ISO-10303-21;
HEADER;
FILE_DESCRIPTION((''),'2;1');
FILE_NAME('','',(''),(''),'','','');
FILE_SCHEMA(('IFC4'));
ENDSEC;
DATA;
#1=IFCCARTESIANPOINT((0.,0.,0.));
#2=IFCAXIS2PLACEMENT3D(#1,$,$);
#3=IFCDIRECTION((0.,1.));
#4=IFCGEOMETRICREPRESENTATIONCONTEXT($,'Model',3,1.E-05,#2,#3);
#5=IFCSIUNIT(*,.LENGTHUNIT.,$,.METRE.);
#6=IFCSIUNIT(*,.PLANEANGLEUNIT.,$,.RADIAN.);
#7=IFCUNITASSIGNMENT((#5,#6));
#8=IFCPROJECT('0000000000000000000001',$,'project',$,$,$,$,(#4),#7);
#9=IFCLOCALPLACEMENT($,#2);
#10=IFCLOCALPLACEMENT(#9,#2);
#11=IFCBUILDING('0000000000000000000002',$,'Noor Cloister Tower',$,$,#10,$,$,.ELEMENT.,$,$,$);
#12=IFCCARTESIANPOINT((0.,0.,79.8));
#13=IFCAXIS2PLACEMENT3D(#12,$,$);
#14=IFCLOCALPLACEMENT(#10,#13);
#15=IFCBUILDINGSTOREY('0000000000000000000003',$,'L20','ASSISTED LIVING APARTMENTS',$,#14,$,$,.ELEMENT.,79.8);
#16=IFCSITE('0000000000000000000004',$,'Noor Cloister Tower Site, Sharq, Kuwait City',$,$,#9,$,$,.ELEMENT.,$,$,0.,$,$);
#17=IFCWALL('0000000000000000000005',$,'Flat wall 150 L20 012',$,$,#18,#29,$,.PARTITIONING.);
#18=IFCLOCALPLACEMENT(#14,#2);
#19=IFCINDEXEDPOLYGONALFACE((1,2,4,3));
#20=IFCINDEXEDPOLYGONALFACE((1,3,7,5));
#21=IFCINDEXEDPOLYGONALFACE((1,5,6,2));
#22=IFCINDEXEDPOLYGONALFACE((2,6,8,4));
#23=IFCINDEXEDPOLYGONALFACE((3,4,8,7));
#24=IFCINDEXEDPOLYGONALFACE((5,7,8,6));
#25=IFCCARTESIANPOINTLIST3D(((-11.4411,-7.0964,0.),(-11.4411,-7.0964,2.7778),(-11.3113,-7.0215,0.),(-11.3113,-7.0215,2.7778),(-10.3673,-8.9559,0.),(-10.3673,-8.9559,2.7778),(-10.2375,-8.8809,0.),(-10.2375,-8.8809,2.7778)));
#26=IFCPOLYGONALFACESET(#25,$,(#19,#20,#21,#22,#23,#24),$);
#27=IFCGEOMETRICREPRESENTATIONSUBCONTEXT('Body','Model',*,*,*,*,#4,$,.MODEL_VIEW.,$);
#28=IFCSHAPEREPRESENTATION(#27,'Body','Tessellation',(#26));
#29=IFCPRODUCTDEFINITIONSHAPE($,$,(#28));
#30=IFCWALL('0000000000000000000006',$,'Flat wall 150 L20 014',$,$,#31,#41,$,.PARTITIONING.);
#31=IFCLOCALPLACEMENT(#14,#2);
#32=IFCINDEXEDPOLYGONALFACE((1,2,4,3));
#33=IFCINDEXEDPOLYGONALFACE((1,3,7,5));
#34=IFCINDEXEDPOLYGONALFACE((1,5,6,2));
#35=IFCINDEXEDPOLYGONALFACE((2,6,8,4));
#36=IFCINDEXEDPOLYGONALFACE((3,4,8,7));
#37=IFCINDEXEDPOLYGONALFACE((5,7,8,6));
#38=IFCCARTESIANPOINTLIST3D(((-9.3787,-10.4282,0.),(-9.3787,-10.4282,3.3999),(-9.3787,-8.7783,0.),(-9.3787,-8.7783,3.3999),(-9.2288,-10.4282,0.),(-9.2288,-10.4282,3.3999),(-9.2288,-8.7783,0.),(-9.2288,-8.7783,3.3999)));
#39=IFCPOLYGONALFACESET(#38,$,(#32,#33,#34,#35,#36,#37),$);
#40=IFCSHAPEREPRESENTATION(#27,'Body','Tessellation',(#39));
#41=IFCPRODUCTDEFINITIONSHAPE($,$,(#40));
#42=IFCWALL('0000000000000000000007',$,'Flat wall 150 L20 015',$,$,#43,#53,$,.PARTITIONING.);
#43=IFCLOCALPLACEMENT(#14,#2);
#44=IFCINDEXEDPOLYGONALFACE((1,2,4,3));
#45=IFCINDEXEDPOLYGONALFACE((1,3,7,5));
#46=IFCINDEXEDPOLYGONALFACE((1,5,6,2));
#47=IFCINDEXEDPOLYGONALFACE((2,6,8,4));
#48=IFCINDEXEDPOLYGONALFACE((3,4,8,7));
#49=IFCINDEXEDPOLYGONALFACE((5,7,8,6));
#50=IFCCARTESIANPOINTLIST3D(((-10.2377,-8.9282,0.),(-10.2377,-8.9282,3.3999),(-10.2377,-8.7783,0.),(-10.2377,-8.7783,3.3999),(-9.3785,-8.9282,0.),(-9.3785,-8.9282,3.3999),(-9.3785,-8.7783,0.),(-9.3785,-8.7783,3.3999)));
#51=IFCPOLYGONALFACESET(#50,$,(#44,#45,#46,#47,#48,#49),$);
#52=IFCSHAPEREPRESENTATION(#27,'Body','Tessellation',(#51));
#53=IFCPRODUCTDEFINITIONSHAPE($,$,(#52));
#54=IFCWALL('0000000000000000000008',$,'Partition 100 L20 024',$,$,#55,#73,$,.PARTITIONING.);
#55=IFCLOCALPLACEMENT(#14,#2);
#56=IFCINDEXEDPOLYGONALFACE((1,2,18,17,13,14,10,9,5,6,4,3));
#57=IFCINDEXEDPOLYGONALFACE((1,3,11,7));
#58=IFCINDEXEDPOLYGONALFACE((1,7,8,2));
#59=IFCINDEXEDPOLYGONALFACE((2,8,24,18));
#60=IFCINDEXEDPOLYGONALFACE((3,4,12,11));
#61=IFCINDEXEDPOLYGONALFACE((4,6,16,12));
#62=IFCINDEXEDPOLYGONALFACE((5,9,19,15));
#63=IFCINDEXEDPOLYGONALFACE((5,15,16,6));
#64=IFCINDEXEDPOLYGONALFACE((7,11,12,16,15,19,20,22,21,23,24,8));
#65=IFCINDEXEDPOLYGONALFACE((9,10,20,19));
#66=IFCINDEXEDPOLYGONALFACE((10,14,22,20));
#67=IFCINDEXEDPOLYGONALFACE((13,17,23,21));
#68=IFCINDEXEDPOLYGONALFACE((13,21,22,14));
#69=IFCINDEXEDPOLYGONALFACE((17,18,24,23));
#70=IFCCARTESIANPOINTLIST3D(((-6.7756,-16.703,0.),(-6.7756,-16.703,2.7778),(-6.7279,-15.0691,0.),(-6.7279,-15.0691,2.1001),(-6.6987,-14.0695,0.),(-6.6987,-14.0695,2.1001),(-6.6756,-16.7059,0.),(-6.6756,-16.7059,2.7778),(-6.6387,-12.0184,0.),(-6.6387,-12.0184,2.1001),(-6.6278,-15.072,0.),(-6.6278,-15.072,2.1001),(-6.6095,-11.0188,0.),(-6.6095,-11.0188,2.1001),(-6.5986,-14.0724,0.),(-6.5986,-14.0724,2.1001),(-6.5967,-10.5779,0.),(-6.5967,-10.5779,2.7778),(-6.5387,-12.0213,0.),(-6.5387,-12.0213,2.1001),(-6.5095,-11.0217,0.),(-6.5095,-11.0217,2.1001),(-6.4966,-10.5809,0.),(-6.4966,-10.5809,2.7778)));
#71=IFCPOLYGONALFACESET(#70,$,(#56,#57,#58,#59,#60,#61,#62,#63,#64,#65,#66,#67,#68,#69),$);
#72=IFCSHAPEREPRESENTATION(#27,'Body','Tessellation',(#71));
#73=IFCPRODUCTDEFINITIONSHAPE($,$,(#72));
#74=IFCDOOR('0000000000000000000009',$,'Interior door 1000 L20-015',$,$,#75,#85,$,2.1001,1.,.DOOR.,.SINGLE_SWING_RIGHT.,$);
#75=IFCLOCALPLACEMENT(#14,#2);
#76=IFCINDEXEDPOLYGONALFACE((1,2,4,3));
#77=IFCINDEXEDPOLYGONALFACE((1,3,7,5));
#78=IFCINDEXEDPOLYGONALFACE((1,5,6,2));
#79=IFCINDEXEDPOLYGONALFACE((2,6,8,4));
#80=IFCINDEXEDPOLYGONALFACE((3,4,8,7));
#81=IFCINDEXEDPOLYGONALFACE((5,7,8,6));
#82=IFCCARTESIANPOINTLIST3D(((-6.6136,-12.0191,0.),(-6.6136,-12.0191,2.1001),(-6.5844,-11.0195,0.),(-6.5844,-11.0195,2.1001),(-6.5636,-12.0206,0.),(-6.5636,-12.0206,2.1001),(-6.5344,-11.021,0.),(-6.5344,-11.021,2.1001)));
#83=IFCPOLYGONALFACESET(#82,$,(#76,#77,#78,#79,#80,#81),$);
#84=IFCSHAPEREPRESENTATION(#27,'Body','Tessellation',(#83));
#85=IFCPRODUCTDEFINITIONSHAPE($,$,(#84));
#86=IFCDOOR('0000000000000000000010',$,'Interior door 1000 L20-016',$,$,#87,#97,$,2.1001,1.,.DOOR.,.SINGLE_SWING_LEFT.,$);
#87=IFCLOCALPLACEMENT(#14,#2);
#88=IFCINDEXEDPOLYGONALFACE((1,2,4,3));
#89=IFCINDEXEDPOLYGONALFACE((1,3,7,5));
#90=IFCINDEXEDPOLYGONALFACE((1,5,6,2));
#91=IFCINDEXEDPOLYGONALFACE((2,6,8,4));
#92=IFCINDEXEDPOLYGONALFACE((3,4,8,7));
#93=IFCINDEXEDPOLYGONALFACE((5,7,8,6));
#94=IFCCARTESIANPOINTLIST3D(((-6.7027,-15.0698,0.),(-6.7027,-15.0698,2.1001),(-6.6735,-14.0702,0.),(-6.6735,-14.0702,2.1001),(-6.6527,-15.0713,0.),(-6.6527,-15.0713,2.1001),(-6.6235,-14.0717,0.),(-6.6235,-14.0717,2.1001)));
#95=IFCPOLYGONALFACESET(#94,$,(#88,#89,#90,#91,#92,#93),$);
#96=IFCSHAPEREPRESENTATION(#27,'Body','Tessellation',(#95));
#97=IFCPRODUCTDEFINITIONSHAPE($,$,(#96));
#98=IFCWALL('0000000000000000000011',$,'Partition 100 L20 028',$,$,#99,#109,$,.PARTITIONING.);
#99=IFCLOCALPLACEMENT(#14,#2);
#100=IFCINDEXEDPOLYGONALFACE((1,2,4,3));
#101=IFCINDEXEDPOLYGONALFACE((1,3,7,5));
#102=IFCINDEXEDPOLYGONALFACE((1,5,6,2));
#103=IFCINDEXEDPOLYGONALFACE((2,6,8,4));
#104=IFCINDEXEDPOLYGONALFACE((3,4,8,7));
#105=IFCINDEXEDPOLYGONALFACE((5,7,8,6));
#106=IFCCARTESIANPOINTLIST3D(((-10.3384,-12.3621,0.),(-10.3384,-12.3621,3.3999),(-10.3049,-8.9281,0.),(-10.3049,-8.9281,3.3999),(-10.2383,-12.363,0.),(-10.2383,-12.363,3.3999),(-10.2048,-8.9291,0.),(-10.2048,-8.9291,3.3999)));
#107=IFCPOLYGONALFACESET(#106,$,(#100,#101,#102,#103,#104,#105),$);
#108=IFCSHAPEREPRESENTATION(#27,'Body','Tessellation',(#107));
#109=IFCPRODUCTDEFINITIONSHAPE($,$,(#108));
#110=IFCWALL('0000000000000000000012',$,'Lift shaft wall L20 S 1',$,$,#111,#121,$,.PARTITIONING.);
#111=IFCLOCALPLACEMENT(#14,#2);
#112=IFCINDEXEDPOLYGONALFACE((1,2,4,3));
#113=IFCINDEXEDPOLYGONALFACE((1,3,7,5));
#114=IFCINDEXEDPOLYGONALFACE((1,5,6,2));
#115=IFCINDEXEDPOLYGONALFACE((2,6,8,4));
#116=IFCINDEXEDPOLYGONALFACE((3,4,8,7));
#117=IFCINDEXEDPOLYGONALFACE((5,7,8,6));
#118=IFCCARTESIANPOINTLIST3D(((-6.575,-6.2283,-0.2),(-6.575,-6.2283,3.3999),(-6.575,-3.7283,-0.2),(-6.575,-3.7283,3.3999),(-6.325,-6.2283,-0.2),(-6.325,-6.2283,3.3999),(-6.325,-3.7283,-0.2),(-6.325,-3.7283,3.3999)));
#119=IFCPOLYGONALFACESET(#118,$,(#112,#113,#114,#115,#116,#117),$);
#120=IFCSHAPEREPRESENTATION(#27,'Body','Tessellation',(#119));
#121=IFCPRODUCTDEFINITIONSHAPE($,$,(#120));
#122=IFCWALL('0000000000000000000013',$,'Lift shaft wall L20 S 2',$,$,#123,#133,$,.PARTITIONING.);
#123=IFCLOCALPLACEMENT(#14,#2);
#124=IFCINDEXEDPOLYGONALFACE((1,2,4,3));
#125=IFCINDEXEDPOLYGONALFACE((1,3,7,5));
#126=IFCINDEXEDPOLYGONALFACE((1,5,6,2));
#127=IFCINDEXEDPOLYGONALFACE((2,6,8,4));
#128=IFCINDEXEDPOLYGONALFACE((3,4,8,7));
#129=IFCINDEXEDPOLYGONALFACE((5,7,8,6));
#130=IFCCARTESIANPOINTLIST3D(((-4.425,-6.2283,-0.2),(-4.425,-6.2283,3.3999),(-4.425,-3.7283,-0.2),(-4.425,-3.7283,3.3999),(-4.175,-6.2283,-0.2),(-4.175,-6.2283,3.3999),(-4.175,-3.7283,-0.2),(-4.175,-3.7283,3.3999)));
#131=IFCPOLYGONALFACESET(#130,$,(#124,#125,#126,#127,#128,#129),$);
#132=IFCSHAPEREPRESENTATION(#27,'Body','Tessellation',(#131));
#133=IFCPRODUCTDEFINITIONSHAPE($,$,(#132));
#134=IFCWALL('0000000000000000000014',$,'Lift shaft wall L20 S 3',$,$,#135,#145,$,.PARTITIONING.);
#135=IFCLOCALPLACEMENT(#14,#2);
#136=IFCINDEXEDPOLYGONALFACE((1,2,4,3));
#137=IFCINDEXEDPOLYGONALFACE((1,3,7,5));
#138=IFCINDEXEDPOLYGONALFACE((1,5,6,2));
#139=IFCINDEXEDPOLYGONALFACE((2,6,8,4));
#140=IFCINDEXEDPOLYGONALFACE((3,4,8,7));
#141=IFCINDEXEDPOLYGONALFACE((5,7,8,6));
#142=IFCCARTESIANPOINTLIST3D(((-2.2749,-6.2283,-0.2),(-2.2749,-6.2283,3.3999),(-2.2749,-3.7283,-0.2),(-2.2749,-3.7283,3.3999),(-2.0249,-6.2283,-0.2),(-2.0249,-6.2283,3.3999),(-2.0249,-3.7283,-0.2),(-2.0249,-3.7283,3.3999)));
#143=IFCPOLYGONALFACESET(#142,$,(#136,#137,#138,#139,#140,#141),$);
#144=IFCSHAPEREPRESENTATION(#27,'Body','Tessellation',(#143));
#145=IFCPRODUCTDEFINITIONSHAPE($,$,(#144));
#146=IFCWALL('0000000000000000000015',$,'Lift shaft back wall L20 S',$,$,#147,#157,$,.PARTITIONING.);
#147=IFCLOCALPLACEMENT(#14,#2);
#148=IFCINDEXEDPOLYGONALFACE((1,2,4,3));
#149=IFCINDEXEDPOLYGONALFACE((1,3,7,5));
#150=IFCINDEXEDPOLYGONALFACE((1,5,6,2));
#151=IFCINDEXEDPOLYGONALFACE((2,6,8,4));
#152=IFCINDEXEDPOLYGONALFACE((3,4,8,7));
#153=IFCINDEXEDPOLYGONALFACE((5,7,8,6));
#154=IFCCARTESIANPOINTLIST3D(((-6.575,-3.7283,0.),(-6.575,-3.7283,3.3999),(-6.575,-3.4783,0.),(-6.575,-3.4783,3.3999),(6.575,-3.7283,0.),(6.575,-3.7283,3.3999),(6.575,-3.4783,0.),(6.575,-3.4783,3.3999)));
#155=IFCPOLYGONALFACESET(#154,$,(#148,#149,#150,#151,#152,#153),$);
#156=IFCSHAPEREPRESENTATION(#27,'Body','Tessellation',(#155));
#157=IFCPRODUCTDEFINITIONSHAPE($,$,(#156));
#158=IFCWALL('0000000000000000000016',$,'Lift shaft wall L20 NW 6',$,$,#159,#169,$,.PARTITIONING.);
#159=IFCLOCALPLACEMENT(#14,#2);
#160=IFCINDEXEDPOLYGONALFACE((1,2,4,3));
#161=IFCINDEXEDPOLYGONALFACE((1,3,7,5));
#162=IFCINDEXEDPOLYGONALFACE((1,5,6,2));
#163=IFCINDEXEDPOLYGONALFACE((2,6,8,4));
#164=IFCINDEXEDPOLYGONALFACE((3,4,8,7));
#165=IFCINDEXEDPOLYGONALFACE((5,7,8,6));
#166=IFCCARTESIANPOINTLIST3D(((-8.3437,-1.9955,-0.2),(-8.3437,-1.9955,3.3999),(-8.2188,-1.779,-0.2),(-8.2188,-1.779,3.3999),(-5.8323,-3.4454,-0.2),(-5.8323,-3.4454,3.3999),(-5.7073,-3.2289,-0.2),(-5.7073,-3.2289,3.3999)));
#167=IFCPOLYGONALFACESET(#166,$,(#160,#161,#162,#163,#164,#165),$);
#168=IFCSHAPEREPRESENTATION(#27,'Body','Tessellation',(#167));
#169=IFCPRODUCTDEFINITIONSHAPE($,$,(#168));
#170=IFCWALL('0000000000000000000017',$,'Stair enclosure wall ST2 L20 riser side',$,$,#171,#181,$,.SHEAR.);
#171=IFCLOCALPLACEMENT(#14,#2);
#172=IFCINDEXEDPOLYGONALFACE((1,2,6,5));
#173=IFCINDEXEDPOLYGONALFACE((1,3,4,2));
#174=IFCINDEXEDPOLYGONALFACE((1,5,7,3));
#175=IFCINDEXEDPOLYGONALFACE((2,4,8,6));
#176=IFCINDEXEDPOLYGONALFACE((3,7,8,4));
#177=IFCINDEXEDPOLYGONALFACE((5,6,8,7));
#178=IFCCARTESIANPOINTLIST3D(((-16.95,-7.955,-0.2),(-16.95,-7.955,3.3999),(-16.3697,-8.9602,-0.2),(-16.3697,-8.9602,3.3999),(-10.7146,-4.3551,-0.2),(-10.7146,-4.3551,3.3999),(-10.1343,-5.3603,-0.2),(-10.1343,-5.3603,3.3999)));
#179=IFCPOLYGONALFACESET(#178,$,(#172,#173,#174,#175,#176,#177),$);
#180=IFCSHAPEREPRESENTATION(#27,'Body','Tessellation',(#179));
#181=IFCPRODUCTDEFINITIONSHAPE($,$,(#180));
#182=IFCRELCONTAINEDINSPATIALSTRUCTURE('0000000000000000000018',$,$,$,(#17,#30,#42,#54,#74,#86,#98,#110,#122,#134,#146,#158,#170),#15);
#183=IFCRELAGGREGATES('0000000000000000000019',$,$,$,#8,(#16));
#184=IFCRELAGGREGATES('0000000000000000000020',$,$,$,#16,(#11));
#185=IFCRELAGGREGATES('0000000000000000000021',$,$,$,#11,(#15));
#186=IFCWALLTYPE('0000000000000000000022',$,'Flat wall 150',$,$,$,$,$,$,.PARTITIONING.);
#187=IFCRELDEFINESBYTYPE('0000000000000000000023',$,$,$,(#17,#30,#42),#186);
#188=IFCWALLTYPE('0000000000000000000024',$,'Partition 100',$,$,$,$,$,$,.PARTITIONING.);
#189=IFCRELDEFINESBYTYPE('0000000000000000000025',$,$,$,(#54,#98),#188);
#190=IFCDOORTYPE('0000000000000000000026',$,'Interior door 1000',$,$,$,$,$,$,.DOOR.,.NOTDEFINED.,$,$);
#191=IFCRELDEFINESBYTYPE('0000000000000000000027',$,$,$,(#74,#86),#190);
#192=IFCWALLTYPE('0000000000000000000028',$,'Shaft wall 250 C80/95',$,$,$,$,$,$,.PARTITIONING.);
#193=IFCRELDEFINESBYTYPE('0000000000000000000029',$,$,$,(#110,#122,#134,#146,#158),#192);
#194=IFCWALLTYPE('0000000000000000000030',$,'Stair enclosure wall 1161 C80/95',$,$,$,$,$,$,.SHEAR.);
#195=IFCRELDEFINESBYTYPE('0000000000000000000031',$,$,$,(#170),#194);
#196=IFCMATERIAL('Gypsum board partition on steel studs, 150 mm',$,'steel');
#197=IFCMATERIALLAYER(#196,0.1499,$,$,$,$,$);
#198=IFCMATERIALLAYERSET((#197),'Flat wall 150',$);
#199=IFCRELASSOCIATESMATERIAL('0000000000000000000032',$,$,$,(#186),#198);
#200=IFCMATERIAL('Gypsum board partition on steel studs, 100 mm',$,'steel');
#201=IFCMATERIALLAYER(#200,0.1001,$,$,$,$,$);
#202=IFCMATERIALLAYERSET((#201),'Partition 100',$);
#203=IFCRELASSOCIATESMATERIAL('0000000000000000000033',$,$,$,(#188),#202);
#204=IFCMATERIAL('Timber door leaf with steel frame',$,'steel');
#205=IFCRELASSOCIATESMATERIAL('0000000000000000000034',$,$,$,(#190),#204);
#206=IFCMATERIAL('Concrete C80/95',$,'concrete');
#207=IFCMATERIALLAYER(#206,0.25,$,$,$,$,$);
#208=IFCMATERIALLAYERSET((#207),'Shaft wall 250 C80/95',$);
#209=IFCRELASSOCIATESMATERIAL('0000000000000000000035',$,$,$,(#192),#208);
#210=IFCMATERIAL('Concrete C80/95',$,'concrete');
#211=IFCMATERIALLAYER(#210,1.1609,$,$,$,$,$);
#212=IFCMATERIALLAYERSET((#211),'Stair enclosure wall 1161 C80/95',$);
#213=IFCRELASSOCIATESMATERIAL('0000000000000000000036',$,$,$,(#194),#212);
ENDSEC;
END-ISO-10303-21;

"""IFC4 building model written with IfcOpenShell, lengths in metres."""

from ifc_helpers import new_model, si_unit, direction, frame, frame_2d, origin, place, context, subcontext, project, spatial, rectangle, extrude, material, layer, layer_set, type_object, element, fill, save


model = new_model("IFC4")

# Units and contexts
model_context = context("Model", 3, precision=1e-05, world=origin(), true_north=direction((0.0, 1.0)))
body_context = subcontext(model_context, "Body", "Model", "MODEL_VIEW")
ifc_project = project(units=[si_unit("LENGTHUNIT", "METRE"), si_unit("PLANEANGLEUNIT", "RADIAN")], contexts=[model_context])

# Site, building, storey
site_placement = place(None, origin())
site = spatial("IfcSite", under=ifc_project, at=site_placement, Name="Noor Cloister Tower Site, Sharq, Kuwait City", CompositionType="ELEMENT", RefElevation=0.0)
building_placement = place(site_placement, origin())
building = spatial("IfcBuilding", under=site, at=building_placement, Name="Noor Cloister Tower", CompositionType="ELEMENT")
storey_placement = place(building_placement, frame((0.0, 0.0, 79.8)))
storey = spatial("IfcBuildingStorey", under=building, at=storey_placement, Name="L20", Description="ASSISTED LIVING APARTMENTS", CompositionType="ELEMENT", Elevation=79.8)

# Walls
ifc_material_1 = material(Name="Gypsum board partition on steel studs, 150 mm", Category="steel")
ifc_layer_1 = layer(ifc_material_1, 0.1499)
ifc_layer_set_1 = layer_set([ifc_layer_1], Name="Flat wall 150")
wall_type_1 = type_object("IfcWallType", Name="Flat wall 150", PredefinedType="PARTITIONING", material=ifc_layer_set_1)
wall_1_placement = place(storey_placement, frame((-11.3762, -7.0588, 0.0), z_axis=(0.0, 0.0, 1.0), x_axis=(0.500077, -0.865981, 0.0)))
element("IfcWall", 1, at=wall_1_placement, inside=storey, type_object=wall_type_1, Name="Flat wall 150 L20 012", PredefinedType="PARTITIONING", context=body_context, shape_type="SweptSolid", body=[
    extrude(rectangle(XDim=2.1472, YDim=0.1499, at=frame_2d((1.0737, 0.0))), origin(), (0.0, 0.0, 1.0), 2.7778),
])
wall_2_placement = place(storey_placement, frame((-9.3037, -10.4282, 0.0), z_axis=(0.0, 0.0, 1.0), x_axis=(0.0, 1.0, 0.0)))
element("IfcWall", 2, at=wall_2_placement, inside=storey, type_object=wall_type_1, Name="Flat wall 150 L20 014", PredefinedType="PARTITIONING", context=body_context, shape_type="SweptSolid", body=[
    extrude(rectangle(XDim=1.6499, YDim=0.1499, at=frame_2d((0.825, 0.0))), origin(), (0.0, 0.0, 1.0), 3.3999),
])
wall_3_placement = place(storey_placement, frame((-10.2378, -8.8533, 0.0), z_axis=(0.0, 0.0, 1.0), x_axis=(1.0, 0.0, 0.0)))
element("IfcWall", 3, at=wall_3_placement, inside=storey, type_object=wall_type_1, Name="Flat wall 150 L20 015", PredefinedType="PARTITIONING", context=body_context, shape_type="SweptSolid", body=[
    extrude(rectangle(XDim=0.8591, YDim=0.1499, at=frame_2d((0.4297, 0.0))), origin(), (0.0, 0.0, 1.0), 3.3999),
])

# Wall, openings, doors
ifc_material_2 = material(Name="Gypsum board partition on steel studs, 100 mm", Category="steel")
ifc_layer_2 = layer(ifc_material_2, 0.1001)
ifc_layer_set_2 = layer_set([ifc_layer_2], Name="Partition 100")
wall_type_2 = type_object("IfcWallType", Name="Partition 100", PredefinedType="PARTITIONING", material=ifc_layer_set_2)
wall_4_placement = place(storey_placement, frame((-6.7256, -16.7046, 0.0), z_axis=(0.0, 0.0, 1.0), x_axis=(0.029205, 0.999573, 0.0)))
wall_4 = element("IfcWall", 4, at=wall_4_placement, inside=storey, type_object=wall_type_2, Name="Partition 100 L20 024", PredefinedType="PARTITIONING", context=body_context, shape_type="SweptSolid", body=[
    extrude(rectangle(XDim=6.1277, YDim=0.1001, at=frame_2d((3.064, 0.0))), origin(), (0.0, 0.0, 1.0), 2.7778),
])
opening_1_placement = place(wall_4_placement, frame((4.6868, 0.0, 0.0)))
opening_1 = element("IfcOpeningElement", 5, at=opening_1_placement, cuts=wall_4, PredefinedType="OPENING", context=body_context, shape_type="SweptSolid", body=[
    extrude(rectangle(XDim=1.0, YDim=2.1001, at=frame_2d((0.5, 1.05))), frame((0.0, 0.0601, 0.0), z_axis=(0.0, -1.0, 0.0), x_axis=(1.0, 0.0, 0.0)), (0.0, 0.0, 1.0), 0.1201),
])
opening_2_placement = place(wall_4_placement, frame((1.6348, 0.0, 0.0)))
opening_2 = element("IfcOpeningElement", 6, at=opening_2_placement, cuts=wall_4, PredefinedType="OPENING", context=body_context, shape_type="SweptSolid", body=[
    extrude(rectangle(XDim=1.0, YDim=2.1001, at=frame_2d((0.5, 1.05))), frame((0.0, 0.0601, 0.0), z_axis=(0.0, -1.0, 0.0), x_axis=(1.0, 0.0, 0.0)), (0.0, 0.0, 1.0), 0.1201),
])
ifc_material_3 = material(Name="Timber door leaf with steel frame", Category="steel")
door_type_1 = type_object("IfcDoorType", Name="Interior door 1000", OperationType="NOTDEFINED", PredefinedType="DOOR", material=ifc_material_3)
door_1_placement = place(opening_1_placement, origin())
door_1 = element("IfcDoor", 7, at=door_1_placement, inside=storey, type_object=door_type_1, Name="Interior door 1000 L20-015", OperationType="SINGLE_SWING_RIGHT", OverallHeight=2.1001, OverallWidth=1.0, PredefinedType="DOOR", context=body_context, shape_type="SweptSolid", body=[
    extrude(rectangle(XDim=1.0, YDim=2.1001, at=frame_2d((0.5, 1.05))), frame((0.0, 0.0249, 0.0), z_axis=(0.0, -1.0, 0.0), x_axis=(1.0, 0.0, 0.0)), (0.0, 0.0, 1.0), 0.05),
])
fill(opening_1, door_1)
door_2_placement = place(opening_2_placement, origin())
door_2 = element("IfcDoor", 8, at=door_2_placement, inside=storey, type_object=door_type_1, Name="Interior door 1000 L20-016", OperationType="SINGLE_SWING_LEFT", OverallHeight=2.1001, OverallWidth=1.0, PredefinedType="DOOR", context=body_context, shape_type="SweptSolid", body=[
    extrude(rectangle(XDim=1.0, YDim=2.1001, at=frame_2d((0.5, 1.05))), frame((0.0, 0.0249, 0.0), z_axis=(0.0, -1.0, 0.0), x_axis=(1.0, 0.0, 0.0)), (0.0, 0.0, 1.0), 0.05),
])
fill(opening_2, door_2)

# Walls
wall_5_placement = place(storey_placement, frame((-10.2883, -12.3625, 0.0), z_axis=(0.0, 0.0, 1.0), x_axis=(0.00974, 0.999953, 0.0)))
element("IfcWall", 9, at=wall_5_placement, inside=storey, type_object=wall_type_2, Name="Partition 100 L20 028", PredefinedType="PARTITIONING", context=body_context, shape_type="SweptSolid", body=[
    extrude(rectangle(XDim=3.4341, YDim=0.1001, at=frame_2d((1.717, 0.0))), origin(), (0.0, 0.0, 1.0), 3.3999),
])
ifc_material_4 = material(Name="Concrete C80/95", Category="concrete")
ifc_layer_3 = layer(ifc_material_4, 0.25)
ifc_layer_set_3 = layer_set([ifc_layer_3], Name="Shaft wall 250 C80/95")
wall_type_3 = type_object("IfcWallType", Name="Shaft wall 250 C80/95", PredefinedType="PARTITIONING", material=ifc_layer_set_3)
for number, where, z_axis, x_axis, name in (
    (10, (-6.45, -6.2283, -0.2), (0.0, 0.0, 1.0), (0.0, 1.0, 0.0), "Lift shaft wall L20 S 1"),
    (11, (-4.3, -6.2283, -0.2), (0.0, 0.0, 1.0), (0.0, 1.0, 0.0), "Lift shaft wall L20 S 2"),
    (12, (-2.1499, -6.2283, -0.2), (0.0, 0.0, 1.0), (0.0, 1.0, 0.0), "Lift shaft wall L20 S 3"),
):
    element("IfcWall", number, at=place(storey_placement, frame(where, z_axis=z_axis, x_axis=x_axis)), inside=storey, type_object=wall_type_3, Name=name, PredefinedType="PARTITIONING", context=body_context, shape_type="SweptSolid", body=[
        extrude(rectangle(XDim=2.5, YDim=0.25, at=frame_2d((1.25, 0.0))), origin(), (0.0, 0.0, 1.0), 3.5999),
    ])
wall_6_placement = place(storey_placement, frame((-6.575, -3.6033, 0.0), z_axis=(0.0, 0.0, 1.0), x_axis=(1.0, 0.0, 0.0)))
element("IfcWall", 13, at=wall_6_placement, inside=storey, type_object=wall_type_3, Name="Lift shaft back wall L20 S", PredefinedType="PARTITIONING", context=body_context, shape_type="SweptSolid", body=[
    extrude(rectangle(XDim=13.1499, YDim=0.25, at=frame_2d((6.575, 0.0))), origin(), (0.0, 0.0, 1.0), 3.3999),
])
wall_7_placement = place(storey_placement, frame((-8.2812, -1.8872, -0.2), z_axis=(0.0, 0.0, 1.0), x_axis=(0.866033, -0.499987, 0.0)))
element("IfcWall", 14, at=wall_7_placement, inside=storey, type_object=wall_type_3, Name="Lift shaft wall L20 NW 6", PredefinedType="PARTITIONING", context=body_context, shape_type="SweptSolid", body=[
    extrude(rectangle(XDim=2.8999, YDim=0.25, at=frame_2d((1.45, 0.0))), origin(), (0.0, 0.0, 1.0), 3.5999),
])
ifc_material_5 = material(Name="Concrete C80/95", Category="concrete")
ifc_layer_4 = layer(ifc_material_5, 1.1609)
ifc_layer_set_4 = layer_set([ifc_layer_4], Name="Stair enclosure wall 1161 C80/95")
wall_type_4 = type_object("IfcWallType", Name="Stair enclosure wall 1161 C80/95", PredefinedType="SHEAR", material=ifc_layer_set_4)
wall_8_placement = place(storey_placement, frame((-10.4243, -4.8577, -0.2), z_axis=(0.0, 0.0, 1.0), x_axis=(-0.866033, -0.499987, 0.0)))
element("IfcWall", 15, at=wall_8_placement, inside=storey, type_object=wall_type_4, Name="Stair enclosure wall ST2 L20 riser side", PredefinedType="SHEAR", context=body_context, shape_type="SweptSolid", body=[
    extrude(rectangle(XDim=7.2, YDim=1.1606, at=frame_2d((3.6001, 0.0))), origin(), (0.0, 0.0, 1.0), 3.5999),
])

save(model, "model.ifc")
